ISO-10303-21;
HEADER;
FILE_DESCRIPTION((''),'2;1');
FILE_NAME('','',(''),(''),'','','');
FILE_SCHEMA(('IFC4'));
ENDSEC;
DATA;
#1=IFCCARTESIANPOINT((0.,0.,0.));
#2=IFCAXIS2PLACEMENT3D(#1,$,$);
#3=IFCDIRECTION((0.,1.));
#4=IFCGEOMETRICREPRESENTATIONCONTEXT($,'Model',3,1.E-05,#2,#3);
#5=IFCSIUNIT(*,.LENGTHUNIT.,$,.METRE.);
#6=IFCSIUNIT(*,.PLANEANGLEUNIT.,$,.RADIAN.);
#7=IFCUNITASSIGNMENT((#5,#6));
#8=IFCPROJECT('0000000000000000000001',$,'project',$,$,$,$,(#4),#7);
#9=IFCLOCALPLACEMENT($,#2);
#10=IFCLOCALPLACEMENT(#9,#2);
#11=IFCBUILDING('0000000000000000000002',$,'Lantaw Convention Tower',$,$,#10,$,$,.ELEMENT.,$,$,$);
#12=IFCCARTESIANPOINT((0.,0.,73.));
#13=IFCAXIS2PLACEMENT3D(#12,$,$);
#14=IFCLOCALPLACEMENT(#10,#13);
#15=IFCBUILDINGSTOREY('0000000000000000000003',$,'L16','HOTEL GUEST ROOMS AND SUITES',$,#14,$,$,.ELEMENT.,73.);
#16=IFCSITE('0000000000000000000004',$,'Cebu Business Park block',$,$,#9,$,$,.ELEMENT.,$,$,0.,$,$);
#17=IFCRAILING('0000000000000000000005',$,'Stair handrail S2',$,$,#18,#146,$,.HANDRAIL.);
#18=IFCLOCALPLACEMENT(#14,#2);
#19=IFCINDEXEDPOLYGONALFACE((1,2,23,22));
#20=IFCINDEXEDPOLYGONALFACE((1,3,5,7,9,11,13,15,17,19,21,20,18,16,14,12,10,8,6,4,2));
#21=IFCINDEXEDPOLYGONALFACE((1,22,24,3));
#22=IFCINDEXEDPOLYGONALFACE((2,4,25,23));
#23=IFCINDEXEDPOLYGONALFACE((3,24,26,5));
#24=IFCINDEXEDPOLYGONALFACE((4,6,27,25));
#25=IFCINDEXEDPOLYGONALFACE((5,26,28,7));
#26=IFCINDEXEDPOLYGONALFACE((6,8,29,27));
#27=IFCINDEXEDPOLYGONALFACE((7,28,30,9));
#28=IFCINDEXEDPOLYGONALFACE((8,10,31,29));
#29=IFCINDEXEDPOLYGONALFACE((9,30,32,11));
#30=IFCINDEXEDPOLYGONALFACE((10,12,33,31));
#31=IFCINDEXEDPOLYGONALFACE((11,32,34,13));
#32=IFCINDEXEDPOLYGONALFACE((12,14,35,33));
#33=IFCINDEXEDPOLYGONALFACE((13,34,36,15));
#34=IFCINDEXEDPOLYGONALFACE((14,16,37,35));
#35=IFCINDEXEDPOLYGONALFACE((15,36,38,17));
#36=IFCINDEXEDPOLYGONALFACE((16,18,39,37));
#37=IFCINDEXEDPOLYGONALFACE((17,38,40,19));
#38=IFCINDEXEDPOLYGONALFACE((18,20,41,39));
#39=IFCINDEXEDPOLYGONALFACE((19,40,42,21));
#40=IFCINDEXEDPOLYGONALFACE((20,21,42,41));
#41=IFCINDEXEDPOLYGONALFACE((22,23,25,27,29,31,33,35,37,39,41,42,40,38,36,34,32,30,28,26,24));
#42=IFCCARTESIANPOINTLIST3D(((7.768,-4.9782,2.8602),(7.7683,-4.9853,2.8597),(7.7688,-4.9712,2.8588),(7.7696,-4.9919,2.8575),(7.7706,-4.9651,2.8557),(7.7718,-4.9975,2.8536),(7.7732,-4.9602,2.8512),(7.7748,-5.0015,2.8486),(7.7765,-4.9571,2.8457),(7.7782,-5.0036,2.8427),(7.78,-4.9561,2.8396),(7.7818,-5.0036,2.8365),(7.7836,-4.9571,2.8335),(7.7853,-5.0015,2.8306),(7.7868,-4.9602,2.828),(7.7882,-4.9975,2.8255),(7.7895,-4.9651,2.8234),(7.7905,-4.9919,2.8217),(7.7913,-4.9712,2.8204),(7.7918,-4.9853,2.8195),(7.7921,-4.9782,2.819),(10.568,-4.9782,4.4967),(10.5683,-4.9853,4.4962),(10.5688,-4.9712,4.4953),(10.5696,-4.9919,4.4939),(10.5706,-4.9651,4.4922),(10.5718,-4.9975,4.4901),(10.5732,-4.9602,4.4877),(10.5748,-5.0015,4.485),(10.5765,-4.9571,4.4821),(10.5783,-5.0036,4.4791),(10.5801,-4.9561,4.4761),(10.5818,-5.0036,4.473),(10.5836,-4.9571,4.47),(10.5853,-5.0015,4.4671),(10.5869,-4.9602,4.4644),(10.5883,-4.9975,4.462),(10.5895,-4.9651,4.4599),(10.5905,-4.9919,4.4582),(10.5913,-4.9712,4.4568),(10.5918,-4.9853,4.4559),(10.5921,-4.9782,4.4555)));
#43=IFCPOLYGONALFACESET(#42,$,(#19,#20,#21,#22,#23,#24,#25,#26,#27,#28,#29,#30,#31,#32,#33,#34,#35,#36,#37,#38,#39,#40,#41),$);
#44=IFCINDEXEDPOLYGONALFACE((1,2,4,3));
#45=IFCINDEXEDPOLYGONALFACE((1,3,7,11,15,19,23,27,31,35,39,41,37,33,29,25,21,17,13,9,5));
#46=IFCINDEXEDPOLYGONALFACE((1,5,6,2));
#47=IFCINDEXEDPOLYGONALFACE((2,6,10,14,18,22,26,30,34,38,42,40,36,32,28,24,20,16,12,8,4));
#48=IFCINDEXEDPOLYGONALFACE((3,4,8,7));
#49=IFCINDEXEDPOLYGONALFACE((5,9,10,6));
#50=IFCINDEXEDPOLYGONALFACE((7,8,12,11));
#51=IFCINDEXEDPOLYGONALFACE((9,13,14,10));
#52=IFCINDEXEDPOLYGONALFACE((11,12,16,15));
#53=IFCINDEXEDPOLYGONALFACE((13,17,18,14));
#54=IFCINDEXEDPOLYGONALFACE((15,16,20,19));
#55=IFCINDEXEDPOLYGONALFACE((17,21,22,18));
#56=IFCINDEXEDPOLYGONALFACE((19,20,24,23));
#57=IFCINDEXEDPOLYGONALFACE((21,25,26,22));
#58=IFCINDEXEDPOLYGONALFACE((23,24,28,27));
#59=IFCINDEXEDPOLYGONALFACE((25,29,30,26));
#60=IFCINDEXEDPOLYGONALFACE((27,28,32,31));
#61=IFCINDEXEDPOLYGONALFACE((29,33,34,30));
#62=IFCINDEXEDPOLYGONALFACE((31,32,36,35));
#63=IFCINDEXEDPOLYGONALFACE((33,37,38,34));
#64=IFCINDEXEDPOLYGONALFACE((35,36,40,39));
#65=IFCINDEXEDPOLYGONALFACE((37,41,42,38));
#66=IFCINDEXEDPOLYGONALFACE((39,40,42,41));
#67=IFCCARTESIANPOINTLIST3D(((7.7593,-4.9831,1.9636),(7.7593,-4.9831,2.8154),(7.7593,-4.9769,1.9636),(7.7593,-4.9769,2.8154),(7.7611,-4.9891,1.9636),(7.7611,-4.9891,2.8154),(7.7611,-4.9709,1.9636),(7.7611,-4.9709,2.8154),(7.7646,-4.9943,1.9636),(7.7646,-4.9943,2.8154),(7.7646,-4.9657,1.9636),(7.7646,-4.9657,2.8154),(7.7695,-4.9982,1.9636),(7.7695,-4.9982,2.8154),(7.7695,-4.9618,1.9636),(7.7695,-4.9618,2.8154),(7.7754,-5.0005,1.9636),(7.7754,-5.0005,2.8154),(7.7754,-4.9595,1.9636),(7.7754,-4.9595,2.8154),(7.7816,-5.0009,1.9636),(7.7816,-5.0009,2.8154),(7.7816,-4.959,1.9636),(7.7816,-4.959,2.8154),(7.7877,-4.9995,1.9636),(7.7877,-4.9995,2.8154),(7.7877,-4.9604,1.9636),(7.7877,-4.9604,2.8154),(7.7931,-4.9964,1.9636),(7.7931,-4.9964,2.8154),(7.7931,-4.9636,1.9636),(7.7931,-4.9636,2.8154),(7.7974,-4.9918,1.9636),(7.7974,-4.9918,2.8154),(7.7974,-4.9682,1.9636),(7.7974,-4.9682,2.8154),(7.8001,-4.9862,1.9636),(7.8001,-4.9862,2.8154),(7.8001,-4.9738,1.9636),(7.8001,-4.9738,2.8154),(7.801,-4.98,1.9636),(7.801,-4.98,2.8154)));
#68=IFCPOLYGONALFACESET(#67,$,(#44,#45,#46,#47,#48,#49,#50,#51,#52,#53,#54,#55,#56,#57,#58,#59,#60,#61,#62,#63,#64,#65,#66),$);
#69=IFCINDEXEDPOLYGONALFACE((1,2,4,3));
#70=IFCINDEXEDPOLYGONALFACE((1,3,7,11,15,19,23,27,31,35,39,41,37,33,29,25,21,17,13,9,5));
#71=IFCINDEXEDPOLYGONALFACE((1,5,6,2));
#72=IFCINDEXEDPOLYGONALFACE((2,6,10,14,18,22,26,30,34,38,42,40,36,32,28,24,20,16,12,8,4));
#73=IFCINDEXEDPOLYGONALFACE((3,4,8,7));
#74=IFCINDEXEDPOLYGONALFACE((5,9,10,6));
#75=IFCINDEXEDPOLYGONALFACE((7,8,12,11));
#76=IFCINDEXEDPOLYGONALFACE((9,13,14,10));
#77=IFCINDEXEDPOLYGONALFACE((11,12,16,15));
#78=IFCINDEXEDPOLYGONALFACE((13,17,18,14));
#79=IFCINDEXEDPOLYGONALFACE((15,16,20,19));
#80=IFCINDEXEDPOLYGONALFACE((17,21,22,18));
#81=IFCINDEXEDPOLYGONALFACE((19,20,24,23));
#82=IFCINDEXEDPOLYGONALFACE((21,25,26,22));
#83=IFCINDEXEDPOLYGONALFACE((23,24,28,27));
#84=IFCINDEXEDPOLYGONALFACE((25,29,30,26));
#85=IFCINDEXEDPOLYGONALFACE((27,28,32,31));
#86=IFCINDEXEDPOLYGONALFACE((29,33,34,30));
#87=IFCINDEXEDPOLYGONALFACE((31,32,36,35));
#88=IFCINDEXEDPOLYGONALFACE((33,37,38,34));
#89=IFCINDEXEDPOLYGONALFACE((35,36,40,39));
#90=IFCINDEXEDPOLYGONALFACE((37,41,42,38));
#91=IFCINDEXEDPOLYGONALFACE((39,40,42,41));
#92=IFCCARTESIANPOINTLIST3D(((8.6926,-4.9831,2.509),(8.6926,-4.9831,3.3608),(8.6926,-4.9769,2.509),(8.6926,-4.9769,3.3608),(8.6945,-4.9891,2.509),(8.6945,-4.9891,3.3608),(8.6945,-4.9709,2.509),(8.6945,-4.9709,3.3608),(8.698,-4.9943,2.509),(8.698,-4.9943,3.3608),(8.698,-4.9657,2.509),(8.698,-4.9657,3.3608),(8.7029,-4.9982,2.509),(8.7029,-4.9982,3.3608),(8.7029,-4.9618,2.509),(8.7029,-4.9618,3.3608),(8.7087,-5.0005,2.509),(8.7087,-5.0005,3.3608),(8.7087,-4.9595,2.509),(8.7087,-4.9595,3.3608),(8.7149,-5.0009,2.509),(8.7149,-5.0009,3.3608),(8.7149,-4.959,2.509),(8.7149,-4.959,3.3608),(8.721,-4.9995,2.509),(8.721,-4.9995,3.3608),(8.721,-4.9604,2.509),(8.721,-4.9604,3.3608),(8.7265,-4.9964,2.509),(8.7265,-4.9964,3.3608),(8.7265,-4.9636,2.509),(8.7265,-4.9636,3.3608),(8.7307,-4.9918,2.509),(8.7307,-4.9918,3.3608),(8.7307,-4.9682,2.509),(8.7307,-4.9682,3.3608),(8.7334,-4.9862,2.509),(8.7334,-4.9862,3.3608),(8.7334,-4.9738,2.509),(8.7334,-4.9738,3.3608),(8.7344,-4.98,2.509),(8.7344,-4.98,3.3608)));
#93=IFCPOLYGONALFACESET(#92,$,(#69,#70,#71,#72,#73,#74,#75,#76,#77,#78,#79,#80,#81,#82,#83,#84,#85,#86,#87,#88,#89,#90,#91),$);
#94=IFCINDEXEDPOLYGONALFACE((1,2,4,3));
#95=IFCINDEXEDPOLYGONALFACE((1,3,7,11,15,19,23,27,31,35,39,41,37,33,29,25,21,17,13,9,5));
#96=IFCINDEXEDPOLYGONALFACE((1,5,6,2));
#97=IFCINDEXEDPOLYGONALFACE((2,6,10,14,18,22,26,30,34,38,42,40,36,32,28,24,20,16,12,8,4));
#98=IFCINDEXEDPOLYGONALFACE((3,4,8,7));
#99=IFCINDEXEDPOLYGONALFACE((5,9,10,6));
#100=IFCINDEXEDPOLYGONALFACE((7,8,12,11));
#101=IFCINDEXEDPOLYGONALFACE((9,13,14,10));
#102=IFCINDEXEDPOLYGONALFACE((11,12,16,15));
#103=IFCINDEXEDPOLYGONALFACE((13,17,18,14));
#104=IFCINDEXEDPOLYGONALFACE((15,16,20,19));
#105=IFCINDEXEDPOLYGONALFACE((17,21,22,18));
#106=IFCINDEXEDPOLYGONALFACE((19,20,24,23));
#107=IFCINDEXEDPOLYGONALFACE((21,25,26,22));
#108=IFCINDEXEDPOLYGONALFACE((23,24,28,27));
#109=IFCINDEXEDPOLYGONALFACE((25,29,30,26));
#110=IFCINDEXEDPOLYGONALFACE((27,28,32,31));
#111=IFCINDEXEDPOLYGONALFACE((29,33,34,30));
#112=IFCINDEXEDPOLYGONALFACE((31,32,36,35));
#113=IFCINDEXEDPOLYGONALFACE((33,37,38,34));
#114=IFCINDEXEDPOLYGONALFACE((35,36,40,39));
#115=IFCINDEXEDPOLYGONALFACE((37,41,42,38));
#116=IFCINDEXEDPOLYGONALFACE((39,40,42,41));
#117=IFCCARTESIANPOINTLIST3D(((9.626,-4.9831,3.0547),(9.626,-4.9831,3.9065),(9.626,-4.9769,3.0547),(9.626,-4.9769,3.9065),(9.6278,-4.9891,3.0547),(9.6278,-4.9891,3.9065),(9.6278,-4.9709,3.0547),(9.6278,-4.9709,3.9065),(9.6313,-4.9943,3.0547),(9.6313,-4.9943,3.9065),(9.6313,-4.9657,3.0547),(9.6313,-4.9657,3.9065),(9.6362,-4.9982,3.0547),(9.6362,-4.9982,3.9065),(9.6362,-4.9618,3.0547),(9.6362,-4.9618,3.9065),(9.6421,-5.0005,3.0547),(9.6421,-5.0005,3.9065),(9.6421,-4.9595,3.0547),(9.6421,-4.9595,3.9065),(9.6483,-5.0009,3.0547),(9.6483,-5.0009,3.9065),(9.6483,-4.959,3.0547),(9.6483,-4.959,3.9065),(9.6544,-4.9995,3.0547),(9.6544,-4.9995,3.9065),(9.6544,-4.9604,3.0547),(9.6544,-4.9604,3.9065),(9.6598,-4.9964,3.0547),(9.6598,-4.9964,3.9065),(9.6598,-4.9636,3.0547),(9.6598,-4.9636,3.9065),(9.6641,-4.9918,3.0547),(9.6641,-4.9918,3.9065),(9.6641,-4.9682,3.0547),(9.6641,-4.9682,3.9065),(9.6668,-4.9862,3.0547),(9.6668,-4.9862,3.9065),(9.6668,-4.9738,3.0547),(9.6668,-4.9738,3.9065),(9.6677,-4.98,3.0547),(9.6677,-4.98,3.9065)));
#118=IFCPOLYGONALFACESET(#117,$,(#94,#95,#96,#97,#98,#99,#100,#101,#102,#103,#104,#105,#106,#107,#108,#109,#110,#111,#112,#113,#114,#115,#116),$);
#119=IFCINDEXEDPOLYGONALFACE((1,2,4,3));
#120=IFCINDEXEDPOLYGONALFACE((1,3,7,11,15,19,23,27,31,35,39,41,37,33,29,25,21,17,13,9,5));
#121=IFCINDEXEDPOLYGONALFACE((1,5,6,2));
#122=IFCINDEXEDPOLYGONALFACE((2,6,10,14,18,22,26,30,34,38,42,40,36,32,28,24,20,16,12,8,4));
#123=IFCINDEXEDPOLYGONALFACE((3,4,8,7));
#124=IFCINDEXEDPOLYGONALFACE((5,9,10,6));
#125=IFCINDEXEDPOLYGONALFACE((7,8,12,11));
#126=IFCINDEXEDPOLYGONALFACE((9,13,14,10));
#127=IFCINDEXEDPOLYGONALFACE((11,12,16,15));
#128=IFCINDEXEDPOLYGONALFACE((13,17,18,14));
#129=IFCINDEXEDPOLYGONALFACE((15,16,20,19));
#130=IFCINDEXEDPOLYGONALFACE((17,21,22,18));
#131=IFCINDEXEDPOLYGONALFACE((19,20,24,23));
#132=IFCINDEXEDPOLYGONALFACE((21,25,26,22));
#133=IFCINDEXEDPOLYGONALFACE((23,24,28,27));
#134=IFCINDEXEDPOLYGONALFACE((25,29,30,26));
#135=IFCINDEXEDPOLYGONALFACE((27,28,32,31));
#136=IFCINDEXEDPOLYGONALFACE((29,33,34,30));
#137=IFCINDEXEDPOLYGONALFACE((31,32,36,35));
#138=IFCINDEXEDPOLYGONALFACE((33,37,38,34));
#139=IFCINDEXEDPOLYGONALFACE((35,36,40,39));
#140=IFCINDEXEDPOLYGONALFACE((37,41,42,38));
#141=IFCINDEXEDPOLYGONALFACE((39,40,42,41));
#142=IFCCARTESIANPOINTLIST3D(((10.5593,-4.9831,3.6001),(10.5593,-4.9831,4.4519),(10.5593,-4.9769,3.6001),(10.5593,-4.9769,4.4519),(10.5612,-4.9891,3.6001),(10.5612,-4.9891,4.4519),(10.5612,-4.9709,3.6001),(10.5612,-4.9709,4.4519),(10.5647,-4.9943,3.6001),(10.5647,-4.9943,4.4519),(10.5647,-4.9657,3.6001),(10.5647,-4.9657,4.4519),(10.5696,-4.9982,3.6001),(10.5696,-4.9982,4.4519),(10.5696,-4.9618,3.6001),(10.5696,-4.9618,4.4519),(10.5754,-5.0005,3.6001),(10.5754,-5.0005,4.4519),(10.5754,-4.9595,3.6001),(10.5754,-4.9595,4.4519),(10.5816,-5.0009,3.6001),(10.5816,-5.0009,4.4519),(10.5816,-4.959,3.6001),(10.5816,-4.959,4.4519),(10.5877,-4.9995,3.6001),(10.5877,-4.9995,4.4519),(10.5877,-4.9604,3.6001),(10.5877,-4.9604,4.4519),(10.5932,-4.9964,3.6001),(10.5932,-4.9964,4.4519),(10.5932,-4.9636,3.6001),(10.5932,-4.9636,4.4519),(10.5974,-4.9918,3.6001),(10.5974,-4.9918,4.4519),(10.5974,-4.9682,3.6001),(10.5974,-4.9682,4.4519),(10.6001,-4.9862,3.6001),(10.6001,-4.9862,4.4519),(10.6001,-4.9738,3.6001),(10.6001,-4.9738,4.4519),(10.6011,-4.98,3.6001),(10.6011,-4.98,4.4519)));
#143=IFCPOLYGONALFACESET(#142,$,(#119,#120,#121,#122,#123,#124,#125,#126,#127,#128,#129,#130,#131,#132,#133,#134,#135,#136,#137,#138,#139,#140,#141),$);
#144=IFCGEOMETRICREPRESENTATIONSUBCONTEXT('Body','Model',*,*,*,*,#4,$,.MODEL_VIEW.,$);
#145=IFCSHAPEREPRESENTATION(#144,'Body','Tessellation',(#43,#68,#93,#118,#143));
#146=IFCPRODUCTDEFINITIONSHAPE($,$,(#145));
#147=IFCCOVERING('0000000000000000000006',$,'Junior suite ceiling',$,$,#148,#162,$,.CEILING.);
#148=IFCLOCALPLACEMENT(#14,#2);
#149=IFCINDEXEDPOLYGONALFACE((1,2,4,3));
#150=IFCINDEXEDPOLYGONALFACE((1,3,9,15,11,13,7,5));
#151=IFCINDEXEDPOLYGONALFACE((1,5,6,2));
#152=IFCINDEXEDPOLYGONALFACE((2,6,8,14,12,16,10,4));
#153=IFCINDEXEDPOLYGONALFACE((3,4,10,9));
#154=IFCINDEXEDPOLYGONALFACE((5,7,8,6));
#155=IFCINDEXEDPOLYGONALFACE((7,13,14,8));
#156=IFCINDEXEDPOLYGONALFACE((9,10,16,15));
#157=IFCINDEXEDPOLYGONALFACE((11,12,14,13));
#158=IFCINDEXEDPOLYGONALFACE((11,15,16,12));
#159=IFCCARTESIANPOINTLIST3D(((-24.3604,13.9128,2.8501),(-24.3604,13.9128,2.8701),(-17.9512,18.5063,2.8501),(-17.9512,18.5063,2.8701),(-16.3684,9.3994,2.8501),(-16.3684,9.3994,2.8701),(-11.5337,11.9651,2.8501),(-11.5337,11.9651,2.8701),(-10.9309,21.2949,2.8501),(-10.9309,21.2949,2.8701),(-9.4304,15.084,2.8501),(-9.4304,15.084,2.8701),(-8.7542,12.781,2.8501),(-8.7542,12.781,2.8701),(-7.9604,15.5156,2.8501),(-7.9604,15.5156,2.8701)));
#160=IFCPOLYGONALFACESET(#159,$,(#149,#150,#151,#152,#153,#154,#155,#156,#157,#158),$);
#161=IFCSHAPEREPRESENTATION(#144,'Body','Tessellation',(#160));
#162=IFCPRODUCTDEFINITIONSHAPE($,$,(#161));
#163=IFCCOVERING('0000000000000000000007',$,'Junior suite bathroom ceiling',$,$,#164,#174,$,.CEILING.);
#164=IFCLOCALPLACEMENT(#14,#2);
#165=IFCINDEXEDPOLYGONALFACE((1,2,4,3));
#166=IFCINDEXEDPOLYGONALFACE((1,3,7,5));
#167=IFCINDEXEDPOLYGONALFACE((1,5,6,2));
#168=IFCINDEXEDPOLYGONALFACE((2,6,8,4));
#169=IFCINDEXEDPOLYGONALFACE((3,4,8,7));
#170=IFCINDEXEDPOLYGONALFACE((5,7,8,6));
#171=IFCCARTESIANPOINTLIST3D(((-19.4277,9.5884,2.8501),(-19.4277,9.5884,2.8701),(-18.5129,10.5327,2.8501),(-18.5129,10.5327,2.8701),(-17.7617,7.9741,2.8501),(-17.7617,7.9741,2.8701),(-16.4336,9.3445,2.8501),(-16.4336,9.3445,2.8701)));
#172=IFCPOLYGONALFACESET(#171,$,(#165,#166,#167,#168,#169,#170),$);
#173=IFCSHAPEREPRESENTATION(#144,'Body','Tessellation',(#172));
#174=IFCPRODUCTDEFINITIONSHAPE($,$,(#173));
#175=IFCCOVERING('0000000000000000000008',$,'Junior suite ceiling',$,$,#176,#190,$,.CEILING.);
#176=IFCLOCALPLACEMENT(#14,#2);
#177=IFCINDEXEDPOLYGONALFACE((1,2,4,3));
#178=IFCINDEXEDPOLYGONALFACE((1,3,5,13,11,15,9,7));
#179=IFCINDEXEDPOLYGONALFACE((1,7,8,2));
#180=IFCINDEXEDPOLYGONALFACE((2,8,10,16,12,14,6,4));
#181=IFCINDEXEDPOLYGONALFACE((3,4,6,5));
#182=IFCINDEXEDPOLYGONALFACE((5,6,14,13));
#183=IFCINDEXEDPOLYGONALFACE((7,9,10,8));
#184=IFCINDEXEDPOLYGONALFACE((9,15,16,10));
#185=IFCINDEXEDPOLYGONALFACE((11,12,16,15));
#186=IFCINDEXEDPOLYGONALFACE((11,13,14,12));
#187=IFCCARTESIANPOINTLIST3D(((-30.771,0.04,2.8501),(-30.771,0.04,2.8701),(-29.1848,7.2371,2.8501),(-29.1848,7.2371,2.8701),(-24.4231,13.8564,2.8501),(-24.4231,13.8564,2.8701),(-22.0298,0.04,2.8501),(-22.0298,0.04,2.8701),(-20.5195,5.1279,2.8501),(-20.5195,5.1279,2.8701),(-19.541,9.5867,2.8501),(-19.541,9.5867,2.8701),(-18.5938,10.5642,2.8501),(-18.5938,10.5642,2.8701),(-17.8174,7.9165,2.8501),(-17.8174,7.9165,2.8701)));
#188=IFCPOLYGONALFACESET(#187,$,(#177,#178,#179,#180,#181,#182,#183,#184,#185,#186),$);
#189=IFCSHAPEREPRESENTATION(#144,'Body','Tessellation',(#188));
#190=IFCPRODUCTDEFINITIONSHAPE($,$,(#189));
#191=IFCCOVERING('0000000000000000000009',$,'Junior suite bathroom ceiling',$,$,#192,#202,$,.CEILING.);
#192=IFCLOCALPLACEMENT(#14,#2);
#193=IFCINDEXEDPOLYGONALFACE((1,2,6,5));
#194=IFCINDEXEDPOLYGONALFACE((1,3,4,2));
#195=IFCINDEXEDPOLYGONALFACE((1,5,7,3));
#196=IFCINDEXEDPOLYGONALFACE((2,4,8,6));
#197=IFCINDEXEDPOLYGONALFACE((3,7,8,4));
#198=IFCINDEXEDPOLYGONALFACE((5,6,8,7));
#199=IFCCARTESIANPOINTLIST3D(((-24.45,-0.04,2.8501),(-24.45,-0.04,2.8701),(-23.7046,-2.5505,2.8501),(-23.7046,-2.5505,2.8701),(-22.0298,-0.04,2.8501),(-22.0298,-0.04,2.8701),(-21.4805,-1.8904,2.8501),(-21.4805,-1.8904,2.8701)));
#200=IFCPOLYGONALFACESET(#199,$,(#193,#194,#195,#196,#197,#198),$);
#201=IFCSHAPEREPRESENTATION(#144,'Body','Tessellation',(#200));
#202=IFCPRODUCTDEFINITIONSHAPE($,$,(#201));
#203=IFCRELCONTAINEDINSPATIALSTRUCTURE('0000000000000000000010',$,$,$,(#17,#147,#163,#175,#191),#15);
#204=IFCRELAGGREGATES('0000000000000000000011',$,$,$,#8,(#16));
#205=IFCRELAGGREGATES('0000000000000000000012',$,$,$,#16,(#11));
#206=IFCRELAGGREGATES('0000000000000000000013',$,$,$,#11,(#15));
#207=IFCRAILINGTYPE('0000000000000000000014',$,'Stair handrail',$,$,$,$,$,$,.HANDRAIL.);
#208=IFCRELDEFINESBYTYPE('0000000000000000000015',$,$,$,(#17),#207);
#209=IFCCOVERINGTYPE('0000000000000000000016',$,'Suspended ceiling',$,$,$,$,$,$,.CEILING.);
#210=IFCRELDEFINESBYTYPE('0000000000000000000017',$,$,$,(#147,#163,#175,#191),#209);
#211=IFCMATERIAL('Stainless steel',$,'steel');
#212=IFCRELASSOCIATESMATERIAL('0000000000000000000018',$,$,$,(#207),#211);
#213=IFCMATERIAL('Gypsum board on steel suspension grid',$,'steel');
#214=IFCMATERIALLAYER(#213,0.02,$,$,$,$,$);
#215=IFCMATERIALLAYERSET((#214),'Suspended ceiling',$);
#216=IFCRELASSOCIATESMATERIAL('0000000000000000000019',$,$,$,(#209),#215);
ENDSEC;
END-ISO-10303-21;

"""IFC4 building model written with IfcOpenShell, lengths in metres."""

from ifc_helpers import new_model, si_unit, direction, frame, origin, origin_2d, place, context, subcontext, project, spatial, polyline, circle, outline, extrude, material, layer, layer_set, type_object, element, save


model = new_model("IFC4")

# Units and contexts
model_context = context("Model", 3, precision=1e-05, world=origin(), true_north=direction((0.0, 1.0)))
body_context = subcontext(model_context, "Body", "Model", "MODEL_VIEW")
ifc_project = project(units=[si_unit("LENGTHUNIT", "METRE"), si_unit("PLANEANGLEUNIT", "RADIAN")], contexts=[model_context])

# Site, building, storey
site_placement = place(None, origin())
site = spatial("IfcSite", under=ifc_project, at=site_placement, Name="Cebu Business Park block", CompositionType="ELEMENT", RefElevation=0.0)
building_placement = place(site_placement, origin())
building = spatial("IfcBuilding", under=site, at=building_placement, Name="Lantaw Convention Tower", CompositionType="ELEMENT")
storey_placement = place(building_placement, frame((0.0, 0.0, 73.0)))
storey = spatial("IfcBuildingStorey", under=building, at=storey_placement, Name="L16", Description="HOTEL GUEST ROOMS AND SUITES", CompositionType="ELEMENT", Elevation=73.0)

# Railing
ifc_material_1 = material(Name="Stainless steel", Category="steel")
railing_type = type_object("IfcRailingType", Name="Stair handrail", PredefinedType="HANDRAIL", material=ifc_material_1)
railing_1_placement = place(storey_placement, frame((7.78, -4.98, 1.9636)))
element("IfcRailing", 1, at=railing_1_placement, inside=storey, type_object=railing_type, Name="Stair handrail S2", PredefinedType="HANDRAIL", context=body_context, shape_type="SweptSolid", body=[
    extrude(circle(Radius=0.0239, at=origin_2d()), frame((0.0, 0.0, 0.876), z_axis=(0.863361, 0.0, 0.504587), x_axis=(0.0, 1.0, 0.0)), (0.0, 0.0, 1.0), 3.2432),
    extrude(circle(Radius=0.021, at=origin_2d()), origin(), (0.0, 0.0, 1.0), 0.8518),
    extrude(circle(Radius=0.021, at=origin_2d()), frame((0.9333, 0.0, 0.5454)), (0.0, 0.0, 1.0), 0.8518),
    extrude(circle(Radius=0.021, at=origin_2d()), frame((1.8667, 0.0, 1.0911)), (0.0, 0.0, 1.0), 0.8518),
    extrude(circle(Radius=0.021, at=origin_2d()), frame((2.8, 0.0, 1.6365)), (0.0, 0.0, 1.0), 0.8518),
])

# Coverings
ifc_material_2 = material(Name="Gypsum board on steel suspension grid", Category="steel")
ifc_layer_1 = layer(ifc_material_2, 0.02)
ifc_layer_set_1 = layer_set([ifc_layer_1], Name="Suspended ceiling")
covering_type = type_object("IfcCoveringType", Name="Suspended ceiling", PredefinedType="CEILING", material=ifc_layer_set_1)
covering_1_placement = place(storey_placement, frame((0.0, 0.0, 2.8501)))
element("IfcCovering", 2, at=covering_1_placement, inside=storey, type_object=covering_type, Name="Junior suite ceiling", PredefinedType="CEILING", context=body_context, shape_type="SweptSolid", body=[
    extrude(outline(polyline([(-11.5337, 11.9651), (-8.7542, 12.781), (-9.4304, 15.084), (-7.9604, 15.5156), (-10.9309, 21.2949), (-17.9512, 18.5063), (-24.3604, 13.9128), (-16.3684, 9.3994), (-11.5337, 11.9651)])), origin(), (0.0, 0.0, 1.0), 0.02),
])
covering_2_placement = place(storey_placement, frame((0.0, 0.0, 2.8501)))
element("IfcCovering", 3, at=covering_2_placement, inside=storey, type_object=covering_type, Name="Junior suite bathroom ceiling", PredefinedType="CEILING", context=body_context, shape_type="SweptSolid", body=[
    extrude(outline(polyline([(-16.4336, 9.3445), (-18.5129, 10.5327), (-19.4277, 9.5884), (-17.7617, 7.9741), (-16.4336, 9.3445)])), origin(), (0.0, 0.0, 1.0), 0.02),
])
covering_3_placement = place(storey_placement, frame((0.0, 0.0, 2.8501)))
element("IfcCovering", 4, at=covering_3_placement, inside=storey, type_object=covering_type, Name="Junior suite ceiling", PredefinedType="CEILING", context=body_context, shape_type="SweptSolid", body=[
    extrude(outline(polyline([(-20.5195, 5.1279), (-17.8174, 7.9165), (-19.541, 9.5867), (-18.5938, 10.5642), (-24.4231, 13.8564), (-29.1848, 7.2371), (-30.771, 0.04), (-22.0298, 0.04), (-20.5195, 5.1279)])), origin(), (0.0, 0.0, 1.0), 0.02),
])
covering_4_placement = place(storey_placement, frame((0.0, 0.0, 2.8501)))
element("IfcCovering", 5, at=covering_4_placement, inside=storey, type_object=covering_type, Name="Junior suite bathroom ceiling", PredefinedType="CEILING", context=body_context, shape_type="SweptSolid", body=[
    extrude(outline(polyline([(-22.0298, -0.04), (-24.45, -0.04), (-23.7046, -2.5505), (-21.4805, -1.8904), (-22.0298, -0.04)])), origin(), (0.0, 0.0, 1.0), 0.02),
])

save(model, "model.ifc")
